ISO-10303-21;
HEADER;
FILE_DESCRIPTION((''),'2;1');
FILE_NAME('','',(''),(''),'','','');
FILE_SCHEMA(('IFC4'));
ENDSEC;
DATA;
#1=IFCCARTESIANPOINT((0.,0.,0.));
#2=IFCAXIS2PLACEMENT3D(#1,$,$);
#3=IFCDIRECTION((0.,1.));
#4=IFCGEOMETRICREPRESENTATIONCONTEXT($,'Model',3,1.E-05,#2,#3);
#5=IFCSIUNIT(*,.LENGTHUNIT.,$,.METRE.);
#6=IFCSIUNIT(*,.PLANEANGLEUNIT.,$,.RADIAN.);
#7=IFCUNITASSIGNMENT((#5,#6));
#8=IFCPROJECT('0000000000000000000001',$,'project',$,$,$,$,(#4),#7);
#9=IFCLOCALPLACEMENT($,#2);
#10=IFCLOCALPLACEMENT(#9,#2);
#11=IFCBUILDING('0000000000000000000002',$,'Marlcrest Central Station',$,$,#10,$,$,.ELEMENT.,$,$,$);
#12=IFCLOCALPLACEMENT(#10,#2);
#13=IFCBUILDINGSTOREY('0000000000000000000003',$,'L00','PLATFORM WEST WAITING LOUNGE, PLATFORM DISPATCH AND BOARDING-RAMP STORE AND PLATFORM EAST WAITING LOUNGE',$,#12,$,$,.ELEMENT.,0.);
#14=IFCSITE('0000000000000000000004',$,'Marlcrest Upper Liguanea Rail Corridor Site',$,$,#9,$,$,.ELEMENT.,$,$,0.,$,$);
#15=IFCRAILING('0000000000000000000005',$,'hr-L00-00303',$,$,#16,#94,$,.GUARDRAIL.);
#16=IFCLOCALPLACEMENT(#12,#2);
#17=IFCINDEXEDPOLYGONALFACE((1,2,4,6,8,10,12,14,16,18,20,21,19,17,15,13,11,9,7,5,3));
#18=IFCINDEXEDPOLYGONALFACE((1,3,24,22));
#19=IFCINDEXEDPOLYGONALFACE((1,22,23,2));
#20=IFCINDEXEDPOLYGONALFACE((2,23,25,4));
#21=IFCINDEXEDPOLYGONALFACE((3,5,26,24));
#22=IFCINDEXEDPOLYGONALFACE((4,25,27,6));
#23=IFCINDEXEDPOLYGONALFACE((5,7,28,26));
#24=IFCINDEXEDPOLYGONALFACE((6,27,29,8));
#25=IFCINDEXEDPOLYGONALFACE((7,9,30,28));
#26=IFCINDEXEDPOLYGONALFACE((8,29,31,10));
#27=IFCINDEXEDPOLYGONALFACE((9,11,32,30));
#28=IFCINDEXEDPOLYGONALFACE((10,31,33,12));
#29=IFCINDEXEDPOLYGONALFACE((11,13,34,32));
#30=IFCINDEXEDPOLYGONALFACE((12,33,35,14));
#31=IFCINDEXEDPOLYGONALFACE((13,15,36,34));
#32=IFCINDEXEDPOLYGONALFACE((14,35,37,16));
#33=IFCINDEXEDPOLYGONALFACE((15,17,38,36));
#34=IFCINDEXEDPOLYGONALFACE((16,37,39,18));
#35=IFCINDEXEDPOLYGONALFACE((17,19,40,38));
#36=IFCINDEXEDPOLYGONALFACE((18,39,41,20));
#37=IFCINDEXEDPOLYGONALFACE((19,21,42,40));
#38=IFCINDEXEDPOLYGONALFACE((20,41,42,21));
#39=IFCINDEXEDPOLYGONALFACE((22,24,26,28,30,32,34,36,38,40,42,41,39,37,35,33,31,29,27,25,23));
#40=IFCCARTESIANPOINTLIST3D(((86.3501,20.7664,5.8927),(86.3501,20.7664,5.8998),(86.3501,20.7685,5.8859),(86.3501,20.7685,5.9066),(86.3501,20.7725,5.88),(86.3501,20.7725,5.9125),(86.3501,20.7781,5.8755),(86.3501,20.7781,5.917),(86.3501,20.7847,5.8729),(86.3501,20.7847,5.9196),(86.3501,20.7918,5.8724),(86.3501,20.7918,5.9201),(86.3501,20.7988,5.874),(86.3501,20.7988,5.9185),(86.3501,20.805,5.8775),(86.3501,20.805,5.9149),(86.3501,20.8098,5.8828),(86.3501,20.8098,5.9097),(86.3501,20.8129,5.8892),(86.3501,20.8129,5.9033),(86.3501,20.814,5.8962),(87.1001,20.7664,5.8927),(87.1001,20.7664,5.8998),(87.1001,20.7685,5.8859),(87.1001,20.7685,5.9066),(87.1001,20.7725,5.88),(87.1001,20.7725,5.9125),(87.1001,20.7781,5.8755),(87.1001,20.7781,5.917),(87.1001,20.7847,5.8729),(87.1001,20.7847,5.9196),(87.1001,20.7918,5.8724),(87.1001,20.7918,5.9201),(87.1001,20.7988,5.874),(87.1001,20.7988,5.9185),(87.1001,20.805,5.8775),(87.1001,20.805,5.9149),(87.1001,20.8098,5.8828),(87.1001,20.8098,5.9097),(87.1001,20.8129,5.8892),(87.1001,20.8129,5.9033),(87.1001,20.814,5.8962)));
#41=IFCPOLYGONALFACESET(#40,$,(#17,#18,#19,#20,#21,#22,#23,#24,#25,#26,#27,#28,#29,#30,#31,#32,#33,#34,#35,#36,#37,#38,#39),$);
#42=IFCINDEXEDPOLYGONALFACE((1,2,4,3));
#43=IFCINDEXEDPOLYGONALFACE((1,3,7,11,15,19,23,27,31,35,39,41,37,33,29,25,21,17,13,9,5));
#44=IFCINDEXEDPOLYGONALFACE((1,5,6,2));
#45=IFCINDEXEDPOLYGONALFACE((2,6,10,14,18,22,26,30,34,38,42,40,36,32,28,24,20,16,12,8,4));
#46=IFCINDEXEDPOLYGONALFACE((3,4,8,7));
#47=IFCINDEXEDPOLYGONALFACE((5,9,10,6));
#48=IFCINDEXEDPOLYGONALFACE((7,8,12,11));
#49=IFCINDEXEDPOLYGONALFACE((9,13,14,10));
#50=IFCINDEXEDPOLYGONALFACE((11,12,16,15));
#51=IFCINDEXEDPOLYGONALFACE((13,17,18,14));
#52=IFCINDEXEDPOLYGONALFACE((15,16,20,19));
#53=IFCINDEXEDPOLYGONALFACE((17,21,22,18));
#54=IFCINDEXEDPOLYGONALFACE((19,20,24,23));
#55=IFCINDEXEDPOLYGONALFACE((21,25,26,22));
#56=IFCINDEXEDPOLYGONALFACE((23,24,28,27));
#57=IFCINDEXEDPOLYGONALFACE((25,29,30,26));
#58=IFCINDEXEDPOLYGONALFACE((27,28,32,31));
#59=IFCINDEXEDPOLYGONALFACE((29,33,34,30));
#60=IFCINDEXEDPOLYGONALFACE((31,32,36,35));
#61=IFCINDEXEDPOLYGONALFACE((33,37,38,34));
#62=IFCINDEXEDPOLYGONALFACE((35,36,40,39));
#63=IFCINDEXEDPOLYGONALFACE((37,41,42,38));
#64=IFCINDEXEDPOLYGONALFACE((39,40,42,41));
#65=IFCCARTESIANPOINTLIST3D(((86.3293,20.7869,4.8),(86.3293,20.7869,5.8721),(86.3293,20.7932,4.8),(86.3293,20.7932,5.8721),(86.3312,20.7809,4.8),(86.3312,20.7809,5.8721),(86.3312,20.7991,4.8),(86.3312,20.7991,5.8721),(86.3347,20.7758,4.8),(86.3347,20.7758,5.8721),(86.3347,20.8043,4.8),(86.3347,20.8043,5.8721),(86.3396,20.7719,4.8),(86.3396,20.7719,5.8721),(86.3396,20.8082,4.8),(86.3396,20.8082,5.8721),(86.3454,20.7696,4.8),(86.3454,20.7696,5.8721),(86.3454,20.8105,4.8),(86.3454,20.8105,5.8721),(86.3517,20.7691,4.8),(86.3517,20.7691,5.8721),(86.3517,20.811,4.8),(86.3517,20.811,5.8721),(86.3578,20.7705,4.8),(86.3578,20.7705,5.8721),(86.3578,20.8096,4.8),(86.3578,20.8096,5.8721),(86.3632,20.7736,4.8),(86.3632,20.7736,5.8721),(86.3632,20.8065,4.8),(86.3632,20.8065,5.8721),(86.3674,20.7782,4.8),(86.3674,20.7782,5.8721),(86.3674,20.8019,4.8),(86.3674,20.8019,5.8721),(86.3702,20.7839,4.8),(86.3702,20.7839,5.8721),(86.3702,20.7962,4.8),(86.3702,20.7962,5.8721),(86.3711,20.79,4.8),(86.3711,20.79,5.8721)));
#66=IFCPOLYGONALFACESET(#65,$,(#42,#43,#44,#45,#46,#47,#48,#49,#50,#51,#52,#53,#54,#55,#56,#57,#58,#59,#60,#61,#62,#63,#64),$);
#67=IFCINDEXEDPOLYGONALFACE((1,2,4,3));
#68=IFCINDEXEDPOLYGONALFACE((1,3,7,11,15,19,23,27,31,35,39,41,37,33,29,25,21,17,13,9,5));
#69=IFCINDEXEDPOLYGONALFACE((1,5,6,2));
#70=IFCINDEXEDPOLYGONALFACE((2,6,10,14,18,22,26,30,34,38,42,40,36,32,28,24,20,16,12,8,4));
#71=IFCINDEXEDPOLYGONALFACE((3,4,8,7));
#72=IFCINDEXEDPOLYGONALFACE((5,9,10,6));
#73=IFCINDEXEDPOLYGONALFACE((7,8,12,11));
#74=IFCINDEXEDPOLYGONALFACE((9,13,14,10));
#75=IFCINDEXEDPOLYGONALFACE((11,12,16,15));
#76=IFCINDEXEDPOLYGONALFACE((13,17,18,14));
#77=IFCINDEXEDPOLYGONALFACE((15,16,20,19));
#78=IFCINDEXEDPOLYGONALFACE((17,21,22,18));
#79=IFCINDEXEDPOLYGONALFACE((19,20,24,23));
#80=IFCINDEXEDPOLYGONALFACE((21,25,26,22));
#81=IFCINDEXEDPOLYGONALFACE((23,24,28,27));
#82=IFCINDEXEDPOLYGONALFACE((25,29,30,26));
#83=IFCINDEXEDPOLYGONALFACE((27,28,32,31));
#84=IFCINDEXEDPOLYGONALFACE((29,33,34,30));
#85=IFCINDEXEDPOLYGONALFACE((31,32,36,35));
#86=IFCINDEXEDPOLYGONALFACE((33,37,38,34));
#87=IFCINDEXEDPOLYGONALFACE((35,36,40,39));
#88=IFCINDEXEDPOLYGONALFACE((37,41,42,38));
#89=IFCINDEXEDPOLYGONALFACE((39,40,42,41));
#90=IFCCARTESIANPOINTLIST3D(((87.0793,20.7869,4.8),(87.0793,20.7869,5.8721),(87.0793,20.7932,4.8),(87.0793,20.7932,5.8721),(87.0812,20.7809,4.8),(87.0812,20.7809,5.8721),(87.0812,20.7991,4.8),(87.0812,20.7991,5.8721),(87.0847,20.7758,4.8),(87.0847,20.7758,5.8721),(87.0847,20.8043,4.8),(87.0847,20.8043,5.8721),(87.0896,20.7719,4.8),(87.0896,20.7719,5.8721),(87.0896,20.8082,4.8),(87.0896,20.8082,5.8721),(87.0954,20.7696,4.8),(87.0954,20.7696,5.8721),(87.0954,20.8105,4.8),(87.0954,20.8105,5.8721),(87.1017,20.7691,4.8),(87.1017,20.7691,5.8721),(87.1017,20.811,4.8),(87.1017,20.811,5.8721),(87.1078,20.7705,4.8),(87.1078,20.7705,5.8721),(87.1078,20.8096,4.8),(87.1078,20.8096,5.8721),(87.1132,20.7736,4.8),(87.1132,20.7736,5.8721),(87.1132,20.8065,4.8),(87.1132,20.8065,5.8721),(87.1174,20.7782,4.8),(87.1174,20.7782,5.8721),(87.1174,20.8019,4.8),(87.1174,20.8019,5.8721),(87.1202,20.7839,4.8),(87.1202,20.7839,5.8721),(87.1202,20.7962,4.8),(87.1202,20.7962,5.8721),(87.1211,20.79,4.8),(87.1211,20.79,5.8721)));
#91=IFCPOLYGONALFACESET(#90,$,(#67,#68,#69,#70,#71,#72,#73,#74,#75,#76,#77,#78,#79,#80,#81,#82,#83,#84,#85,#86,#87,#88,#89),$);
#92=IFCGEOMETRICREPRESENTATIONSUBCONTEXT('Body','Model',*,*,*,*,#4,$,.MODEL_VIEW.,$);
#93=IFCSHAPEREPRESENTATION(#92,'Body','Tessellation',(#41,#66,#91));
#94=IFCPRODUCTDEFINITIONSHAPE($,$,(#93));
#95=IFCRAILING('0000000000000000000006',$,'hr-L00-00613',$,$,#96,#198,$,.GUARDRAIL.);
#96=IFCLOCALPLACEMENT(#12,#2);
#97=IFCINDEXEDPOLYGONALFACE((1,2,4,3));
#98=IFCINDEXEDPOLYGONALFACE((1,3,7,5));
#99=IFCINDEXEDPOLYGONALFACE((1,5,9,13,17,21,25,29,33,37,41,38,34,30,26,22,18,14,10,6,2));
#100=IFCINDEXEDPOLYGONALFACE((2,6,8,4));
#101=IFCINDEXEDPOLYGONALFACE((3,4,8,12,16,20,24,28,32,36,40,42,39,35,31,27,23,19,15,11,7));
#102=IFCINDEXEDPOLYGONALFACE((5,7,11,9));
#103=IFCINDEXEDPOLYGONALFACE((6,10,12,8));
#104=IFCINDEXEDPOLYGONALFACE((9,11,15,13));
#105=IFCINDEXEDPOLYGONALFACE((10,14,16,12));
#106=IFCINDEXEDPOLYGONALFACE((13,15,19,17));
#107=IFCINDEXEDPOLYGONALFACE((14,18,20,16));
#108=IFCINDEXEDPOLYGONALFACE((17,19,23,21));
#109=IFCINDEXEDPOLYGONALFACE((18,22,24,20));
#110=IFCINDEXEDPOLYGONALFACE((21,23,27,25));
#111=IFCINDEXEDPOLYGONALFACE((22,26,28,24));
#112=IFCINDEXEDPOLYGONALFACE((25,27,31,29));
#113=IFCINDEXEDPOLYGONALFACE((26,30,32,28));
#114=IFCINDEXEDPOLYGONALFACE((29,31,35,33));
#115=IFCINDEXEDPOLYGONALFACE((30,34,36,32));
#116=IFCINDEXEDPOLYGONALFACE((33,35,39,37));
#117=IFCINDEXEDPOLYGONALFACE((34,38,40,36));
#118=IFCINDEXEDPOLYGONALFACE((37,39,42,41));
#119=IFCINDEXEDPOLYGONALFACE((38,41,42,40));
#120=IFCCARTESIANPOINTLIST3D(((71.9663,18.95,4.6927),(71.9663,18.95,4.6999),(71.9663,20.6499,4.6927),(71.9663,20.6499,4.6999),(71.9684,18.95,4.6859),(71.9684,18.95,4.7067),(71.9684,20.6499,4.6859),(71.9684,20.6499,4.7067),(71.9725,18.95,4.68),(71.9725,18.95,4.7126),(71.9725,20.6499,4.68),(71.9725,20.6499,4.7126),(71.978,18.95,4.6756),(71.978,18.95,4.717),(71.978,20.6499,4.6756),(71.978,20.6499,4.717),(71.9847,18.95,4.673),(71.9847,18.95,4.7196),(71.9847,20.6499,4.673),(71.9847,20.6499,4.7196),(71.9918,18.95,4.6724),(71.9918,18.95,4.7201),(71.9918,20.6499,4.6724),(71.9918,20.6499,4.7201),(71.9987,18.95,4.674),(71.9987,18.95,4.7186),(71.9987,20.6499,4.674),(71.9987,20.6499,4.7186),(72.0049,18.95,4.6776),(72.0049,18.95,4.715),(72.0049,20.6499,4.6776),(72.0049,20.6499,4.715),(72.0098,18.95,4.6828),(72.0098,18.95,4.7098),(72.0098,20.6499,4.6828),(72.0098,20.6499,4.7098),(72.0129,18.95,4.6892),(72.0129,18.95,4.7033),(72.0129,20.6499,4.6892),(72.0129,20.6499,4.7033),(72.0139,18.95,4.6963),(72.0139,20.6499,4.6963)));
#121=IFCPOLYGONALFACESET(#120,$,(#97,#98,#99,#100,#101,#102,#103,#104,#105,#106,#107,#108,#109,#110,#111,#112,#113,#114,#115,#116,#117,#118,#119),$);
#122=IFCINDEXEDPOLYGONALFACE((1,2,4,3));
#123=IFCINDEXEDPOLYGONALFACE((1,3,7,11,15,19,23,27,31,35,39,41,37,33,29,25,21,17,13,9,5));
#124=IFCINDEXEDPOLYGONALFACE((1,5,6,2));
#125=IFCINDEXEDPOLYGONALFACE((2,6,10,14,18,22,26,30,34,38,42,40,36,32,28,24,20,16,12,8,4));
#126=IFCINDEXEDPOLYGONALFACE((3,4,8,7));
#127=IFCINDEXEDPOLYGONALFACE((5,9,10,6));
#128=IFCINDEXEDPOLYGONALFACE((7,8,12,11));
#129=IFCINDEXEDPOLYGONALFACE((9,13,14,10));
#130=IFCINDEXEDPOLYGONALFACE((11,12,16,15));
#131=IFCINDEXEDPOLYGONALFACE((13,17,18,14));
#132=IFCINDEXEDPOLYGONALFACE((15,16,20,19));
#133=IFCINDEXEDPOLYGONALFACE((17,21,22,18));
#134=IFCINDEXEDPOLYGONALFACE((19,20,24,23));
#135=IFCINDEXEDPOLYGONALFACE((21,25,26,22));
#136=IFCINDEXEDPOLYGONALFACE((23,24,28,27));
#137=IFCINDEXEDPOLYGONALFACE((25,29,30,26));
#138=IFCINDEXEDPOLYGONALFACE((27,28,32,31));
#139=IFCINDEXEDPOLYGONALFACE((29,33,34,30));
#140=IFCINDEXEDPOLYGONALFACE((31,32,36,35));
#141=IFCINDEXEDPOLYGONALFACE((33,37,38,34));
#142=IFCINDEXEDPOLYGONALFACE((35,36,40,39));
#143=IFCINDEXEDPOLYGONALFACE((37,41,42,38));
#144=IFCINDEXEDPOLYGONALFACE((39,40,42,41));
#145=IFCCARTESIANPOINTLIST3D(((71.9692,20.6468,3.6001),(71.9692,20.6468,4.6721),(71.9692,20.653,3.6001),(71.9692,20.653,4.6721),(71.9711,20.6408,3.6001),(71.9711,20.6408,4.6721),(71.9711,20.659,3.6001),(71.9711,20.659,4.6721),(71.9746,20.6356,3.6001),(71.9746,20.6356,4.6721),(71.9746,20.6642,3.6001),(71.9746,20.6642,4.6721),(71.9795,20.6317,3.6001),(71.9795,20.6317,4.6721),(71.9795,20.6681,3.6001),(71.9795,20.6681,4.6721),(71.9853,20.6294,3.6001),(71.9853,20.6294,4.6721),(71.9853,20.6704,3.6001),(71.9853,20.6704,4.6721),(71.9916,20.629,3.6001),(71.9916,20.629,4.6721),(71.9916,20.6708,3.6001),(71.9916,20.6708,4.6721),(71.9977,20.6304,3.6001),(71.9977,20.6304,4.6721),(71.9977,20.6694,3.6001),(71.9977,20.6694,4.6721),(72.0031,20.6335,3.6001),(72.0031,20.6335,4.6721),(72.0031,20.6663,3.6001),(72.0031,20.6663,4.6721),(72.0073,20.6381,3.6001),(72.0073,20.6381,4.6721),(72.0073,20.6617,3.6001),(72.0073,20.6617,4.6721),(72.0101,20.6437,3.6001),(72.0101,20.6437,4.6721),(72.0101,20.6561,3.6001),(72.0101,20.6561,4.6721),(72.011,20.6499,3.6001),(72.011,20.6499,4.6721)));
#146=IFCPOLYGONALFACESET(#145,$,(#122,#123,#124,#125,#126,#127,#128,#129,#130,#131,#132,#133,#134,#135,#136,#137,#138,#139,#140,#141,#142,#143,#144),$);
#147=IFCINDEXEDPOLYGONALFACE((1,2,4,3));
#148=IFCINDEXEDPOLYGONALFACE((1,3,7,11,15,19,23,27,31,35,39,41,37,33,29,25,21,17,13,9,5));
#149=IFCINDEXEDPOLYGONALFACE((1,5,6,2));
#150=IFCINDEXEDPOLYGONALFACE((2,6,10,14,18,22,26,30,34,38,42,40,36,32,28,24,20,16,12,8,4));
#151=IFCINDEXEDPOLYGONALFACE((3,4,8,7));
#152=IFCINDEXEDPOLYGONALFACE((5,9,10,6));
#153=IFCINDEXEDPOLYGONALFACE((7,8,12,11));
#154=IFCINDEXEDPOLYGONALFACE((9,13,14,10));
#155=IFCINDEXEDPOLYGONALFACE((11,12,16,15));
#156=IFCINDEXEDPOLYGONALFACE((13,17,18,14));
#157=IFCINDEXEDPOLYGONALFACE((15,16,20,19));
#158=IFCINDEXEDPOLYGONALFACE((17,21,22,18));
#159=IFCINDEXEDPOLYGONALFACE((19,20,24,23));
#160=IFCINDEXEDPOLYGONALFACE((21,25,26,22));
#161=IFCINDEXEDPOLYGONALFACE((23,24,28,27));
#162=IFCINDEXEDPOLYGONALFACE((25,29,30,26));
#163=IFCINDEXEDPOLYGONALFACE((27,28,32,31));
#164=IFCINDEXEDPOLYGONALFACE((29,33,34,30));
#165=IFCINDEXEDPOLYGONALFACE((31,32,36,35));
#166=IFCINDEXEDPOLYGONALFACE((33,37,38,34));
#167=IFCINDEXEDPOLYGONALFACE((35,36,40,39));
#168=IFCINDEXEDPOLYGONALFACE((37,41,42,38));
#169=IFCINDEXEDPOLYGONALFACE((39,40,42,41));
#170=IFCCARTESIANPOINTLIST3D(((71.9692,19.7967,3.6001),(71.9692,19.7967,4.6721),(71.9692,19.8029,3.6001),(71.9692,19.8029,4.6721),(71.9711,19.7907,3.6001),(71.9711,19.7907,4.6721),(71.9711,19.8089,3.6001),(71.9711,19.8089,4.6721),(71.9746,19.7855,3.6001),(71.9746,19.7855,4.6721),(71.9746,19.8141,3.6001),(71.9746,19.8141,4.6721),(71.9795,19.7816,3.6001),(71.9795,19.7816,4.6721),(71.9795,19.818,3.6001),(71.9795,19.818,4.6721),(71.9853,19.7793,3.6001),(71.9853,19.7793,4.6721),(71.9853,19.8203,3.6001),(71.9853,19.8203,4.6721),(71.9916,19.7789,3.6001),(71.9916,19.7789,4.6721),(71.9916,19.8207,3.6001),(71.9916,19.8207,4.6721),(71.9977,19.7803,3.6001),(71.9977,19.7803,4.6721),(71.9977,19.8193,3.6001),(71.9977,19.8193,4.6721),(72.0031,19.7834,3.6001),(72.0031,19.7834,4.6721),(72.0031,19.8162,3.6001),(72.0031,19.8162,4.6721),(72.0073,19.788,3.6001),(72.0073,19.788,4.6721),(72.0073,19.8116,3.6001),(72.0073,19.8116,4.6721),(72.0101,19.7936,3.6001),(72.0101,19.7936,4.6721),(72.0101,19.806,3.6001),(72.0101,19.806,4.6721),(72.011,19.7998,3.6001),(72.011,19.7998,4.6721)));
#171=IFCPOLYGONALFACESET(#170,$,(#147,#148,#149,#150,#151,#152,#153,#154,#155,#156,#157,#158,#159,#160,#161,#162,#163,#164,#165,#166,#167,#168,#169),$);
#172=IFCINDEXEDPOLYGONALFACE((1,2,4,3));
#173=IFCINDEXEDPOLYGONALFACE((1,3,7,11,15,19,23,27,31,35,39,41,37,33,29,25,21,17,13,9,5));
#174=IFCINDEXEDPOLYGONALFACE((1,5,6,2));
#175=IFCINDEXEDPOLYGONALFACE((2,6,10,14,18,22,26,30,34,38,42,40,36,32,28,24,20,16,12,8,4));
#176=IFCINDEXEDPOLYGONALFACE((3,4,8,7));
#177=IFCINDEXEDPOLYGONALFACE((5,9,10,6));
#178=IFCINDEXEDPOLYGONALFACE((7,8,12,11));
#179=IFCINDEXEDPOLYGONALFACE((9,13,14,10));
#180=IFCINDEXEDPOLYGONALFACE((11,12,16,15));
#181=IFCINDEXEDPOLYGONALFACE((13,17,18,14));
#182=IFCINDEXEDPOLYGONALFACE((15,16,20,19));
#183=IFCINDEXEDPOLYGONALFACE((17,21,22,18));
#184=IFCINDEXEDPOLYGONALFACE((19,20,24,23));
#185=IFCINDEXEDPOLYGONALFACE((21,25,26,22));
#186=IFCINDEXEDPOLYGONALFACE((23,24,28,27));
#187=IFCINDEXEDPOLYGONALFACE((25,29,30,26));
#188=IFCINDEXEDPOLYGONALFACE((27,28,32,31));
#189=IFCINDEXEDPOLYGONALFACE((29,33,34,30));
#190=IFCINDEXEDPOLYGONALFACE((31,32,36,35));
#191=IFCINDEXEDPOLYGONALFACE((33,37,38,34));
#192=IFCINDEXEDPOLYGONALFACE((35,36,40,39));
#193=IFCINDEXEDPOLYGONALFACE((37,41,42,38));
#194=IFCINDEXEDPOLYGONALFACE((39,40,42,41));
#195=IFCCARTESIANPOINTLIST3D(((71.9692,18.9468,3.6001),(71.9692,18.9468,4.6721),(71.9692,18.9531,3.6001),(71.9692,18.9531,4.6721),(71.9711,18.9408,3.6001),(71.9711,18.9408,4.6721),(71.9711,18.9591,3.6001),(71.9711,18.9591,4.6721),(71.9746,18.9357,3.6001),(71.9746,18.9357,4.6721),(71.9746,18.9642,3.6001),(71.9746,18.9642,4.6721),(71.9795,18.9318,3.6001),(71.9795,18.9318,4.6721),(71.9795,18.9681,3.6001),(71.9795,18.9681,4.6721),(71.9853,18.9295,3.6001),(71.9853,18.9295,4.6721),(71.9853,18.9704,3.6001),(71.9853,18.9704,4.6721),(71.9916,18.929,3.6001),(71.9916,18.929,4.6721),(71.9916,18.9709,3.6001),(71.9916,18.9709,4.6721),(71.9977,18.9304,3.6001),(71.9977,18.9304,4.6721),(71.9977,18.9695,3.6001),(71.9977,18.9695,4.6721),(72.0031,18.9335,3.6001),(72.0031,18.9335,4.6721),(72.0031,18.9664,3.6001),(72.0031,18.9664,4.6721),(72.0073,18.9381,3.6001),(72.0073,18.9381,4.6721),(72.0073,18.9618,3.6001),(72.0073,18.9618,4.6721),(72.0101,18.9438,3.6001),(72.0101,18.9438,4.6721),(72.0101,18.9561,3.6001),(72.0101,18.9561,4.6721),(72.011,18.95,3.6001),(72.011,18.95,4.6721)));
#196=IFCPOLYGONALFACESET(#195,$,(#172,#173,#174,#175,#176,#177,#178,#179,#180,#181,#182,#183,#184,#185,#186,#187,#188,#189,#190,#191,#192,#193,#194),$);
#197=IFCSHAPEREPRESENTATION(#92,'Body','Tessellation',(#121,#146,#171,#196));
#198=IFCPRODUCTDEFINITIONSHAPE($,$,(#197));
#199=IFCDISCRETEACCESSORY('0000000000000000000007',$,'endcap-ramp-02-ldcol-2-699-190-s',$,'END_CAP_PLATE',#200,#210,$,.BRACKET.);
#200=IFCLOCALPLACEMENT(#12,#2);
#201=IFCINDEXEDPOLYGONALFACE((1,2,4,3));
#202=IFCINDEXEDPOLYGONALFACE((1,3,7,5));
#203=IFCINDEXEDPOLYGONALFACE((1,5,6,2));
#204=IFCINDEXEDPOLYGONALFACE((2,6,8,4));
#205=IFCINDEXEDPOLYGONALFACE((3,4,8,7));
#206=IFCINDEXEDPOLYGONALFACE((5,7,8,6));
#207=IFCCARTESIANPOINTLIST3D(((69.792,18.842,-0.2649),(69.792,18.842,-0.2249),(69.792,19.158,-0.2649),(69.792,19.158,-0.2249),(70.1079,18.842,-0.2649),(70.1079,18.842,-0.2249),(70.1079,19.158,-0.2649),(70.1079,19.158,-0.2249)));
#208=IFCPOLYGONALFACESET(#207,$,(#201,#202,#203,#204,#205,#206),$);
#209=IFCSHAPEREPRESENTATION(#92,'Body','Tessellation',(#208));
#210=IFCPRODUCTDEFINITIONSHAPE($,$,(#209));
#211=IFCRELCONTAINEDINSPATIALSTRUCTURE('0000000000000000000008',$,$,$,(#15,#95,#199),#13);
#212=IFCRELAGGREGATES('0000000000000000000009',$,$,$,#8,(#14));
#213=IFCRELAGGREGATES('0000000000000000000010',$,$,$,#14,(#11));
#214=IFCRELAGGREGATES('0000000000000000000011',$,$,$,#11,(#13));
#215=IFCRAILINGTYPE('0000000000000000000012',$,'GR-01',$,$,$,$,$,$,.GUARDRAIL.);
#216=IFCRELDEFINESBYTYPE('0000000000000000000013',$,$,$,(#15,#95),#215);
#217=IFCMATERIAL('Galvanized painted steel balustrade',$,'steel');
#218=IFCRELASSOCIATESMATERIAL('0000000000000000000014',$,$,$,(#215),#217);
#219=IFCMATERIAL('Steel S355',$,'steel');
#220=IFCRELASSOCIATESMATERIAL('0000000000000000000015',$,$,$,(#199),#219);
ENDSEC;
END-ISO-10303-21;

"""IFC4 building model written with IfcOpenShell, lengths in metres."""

from ifc_helpers import new_model, si_unit, direction, frame, origin, origin_2d, place, context, subcontext, project, spatial, rectangle, circle, extrude, material, type_object, element, save


model = new_model("IFC4")

# Units and contexts
model_context = context("Model", 3, precision=1e-05, world=origin(), true_north=direction((0.0, 1.0)))
body_context = subcontext(model_context, "Body", "Model", "MODEL_VIEW")
ifc_project = project(units=[si_unit("LENGTHUNIT", "METRE"), si_unit("PLANEANGLEUNIT", "RADIAN")], contexts=[model_context])

# Site, building, storey
site_placement = place(None, origin())
site = spatial("IfcSite", under=ifc_project, at=site_placement, Name="Marlcrest Upper Liguanea Rail Corridor Site", CompositionType="ELEMENT", RefElevation=0.0)
building_placement = place(site_placement, origin())
building = spatial("IfcBuilding", under=site, at=building_placement, Name="Marlcrest Central Station", CompositionType="ELEMENT")
storey_placement = place(building_placement, origin())
storey = spatial("IfcBuildingStorey", under=building, at=storey_placement, Name="L00", Description="PLATFORM WEST WAITING LOUNGE, PLATFORM DISPATCH AND BOARDING-RAMP STORE AND PLATFORM EAST WAITING LOUNGE", CompositionType="ELEMENT", Elevation=0.0)

# Shared definitions
ifc_material_1 = material(Name="Steel S355", Category="steel")

# Railings
ifc_material_2 = material(Name="Galvanized painted steel balustrade", Category="steel")
railing_type_1 = type_object("IfcRailingType", Name="GR-01", PredefinedType="GUARDRAIL", material=ifc_material_2)
for number, where, name in (
    (1, (86.3501, 20.79, 4.8), "hr-L00-00303"),
):
    element("IfcRailing", number, at=place(storey_placement, frame(where)), inside=storey, type_object=railing_type_1, Name=name, PredefinedType="GUARDRAIL", context=body_context, shape_type="SweptSolid", body=[
        extrude(circle(Radius=0.0239, at=origin_2d()), frame((0.0, 0.0, 1.0962), z_axis=(1.0, 0.0, 0.0), x_axis=(0.0, 1.0, 0.0)), (0.0, 0.0, 1.0), 0.75),
        extrude(circle(Radius=0.021, at=origin_2d()), origin(), (0.0, 0.0, 1.0), 1.072),
        extrude(circle(Radius=0.021, at=origin_2d()), frame((0.75, 0.0, 0.0)), (0.0, 0.0, 1.0), 1.072),
    ])
railing_1_placement = place(storey_placement, frame((71.99, 20.6499, 3.6001)))
element("IfcRailing", 2, at=railing_1_placement, inside=storey, type_object=railing_type_1, Name="hr-L00-00613", PredefinedType="GUARDRAIL", context=body_context, shape_type="SweptSolid", body=[
    extrude(circle(Radius=0.0239, at=origin_2d()), frame((0.0, 0.0, 1.0962), z_axis=(0.0, -1.0, 0.0), x_axis=(1.0, 0.0, 0.0)), (0.0, 0.0, 1.0), 1.7),
    extrude(circle(Radius=0.021, at=origin_2d()), origin(), (0.0, 0.0, 1.0), 1.072),
    extrude(circle(Radius=0.021, at=origin_2d()), frame((0.0, -0.8501, 0.0)), (0.0, 0.0, 1.0), 1.072),
    extrude(circle(Radius=0.021, at=origin_2d()), frame((0.0, -1.7, 0.0)), (0.0, 0.0, 1.0), 1.072),
])

# Discrete accessory
for number, where, z_axis, x_axis, name in (
    (3, (69.95, 19.0, -0.2649), (0.0, 0.0, 1.0), (1.0, 0.0, 0.0), "endcap-ramp-02-ldcol-2-699-190-s"),
):
    element("IfcDiscreteAccessory", number, at=place(storey_placement, frame(where, z_axis=z_axis, x_axis=x_axis)), inside=storey, material=ifc_material_1, Name=name, ObjectType="END_CAP_PLATE", PredefinedType="BRACKET", context=body_context, shape_type="SweptSolid", body=[
        extrude(rectangle(XDim=0.3159, YDim=0.3159, at=origin_2d()), origin(), (0.0, 0.0, 1.0), 0.04),
    ])

save(model, "model.ifc")
